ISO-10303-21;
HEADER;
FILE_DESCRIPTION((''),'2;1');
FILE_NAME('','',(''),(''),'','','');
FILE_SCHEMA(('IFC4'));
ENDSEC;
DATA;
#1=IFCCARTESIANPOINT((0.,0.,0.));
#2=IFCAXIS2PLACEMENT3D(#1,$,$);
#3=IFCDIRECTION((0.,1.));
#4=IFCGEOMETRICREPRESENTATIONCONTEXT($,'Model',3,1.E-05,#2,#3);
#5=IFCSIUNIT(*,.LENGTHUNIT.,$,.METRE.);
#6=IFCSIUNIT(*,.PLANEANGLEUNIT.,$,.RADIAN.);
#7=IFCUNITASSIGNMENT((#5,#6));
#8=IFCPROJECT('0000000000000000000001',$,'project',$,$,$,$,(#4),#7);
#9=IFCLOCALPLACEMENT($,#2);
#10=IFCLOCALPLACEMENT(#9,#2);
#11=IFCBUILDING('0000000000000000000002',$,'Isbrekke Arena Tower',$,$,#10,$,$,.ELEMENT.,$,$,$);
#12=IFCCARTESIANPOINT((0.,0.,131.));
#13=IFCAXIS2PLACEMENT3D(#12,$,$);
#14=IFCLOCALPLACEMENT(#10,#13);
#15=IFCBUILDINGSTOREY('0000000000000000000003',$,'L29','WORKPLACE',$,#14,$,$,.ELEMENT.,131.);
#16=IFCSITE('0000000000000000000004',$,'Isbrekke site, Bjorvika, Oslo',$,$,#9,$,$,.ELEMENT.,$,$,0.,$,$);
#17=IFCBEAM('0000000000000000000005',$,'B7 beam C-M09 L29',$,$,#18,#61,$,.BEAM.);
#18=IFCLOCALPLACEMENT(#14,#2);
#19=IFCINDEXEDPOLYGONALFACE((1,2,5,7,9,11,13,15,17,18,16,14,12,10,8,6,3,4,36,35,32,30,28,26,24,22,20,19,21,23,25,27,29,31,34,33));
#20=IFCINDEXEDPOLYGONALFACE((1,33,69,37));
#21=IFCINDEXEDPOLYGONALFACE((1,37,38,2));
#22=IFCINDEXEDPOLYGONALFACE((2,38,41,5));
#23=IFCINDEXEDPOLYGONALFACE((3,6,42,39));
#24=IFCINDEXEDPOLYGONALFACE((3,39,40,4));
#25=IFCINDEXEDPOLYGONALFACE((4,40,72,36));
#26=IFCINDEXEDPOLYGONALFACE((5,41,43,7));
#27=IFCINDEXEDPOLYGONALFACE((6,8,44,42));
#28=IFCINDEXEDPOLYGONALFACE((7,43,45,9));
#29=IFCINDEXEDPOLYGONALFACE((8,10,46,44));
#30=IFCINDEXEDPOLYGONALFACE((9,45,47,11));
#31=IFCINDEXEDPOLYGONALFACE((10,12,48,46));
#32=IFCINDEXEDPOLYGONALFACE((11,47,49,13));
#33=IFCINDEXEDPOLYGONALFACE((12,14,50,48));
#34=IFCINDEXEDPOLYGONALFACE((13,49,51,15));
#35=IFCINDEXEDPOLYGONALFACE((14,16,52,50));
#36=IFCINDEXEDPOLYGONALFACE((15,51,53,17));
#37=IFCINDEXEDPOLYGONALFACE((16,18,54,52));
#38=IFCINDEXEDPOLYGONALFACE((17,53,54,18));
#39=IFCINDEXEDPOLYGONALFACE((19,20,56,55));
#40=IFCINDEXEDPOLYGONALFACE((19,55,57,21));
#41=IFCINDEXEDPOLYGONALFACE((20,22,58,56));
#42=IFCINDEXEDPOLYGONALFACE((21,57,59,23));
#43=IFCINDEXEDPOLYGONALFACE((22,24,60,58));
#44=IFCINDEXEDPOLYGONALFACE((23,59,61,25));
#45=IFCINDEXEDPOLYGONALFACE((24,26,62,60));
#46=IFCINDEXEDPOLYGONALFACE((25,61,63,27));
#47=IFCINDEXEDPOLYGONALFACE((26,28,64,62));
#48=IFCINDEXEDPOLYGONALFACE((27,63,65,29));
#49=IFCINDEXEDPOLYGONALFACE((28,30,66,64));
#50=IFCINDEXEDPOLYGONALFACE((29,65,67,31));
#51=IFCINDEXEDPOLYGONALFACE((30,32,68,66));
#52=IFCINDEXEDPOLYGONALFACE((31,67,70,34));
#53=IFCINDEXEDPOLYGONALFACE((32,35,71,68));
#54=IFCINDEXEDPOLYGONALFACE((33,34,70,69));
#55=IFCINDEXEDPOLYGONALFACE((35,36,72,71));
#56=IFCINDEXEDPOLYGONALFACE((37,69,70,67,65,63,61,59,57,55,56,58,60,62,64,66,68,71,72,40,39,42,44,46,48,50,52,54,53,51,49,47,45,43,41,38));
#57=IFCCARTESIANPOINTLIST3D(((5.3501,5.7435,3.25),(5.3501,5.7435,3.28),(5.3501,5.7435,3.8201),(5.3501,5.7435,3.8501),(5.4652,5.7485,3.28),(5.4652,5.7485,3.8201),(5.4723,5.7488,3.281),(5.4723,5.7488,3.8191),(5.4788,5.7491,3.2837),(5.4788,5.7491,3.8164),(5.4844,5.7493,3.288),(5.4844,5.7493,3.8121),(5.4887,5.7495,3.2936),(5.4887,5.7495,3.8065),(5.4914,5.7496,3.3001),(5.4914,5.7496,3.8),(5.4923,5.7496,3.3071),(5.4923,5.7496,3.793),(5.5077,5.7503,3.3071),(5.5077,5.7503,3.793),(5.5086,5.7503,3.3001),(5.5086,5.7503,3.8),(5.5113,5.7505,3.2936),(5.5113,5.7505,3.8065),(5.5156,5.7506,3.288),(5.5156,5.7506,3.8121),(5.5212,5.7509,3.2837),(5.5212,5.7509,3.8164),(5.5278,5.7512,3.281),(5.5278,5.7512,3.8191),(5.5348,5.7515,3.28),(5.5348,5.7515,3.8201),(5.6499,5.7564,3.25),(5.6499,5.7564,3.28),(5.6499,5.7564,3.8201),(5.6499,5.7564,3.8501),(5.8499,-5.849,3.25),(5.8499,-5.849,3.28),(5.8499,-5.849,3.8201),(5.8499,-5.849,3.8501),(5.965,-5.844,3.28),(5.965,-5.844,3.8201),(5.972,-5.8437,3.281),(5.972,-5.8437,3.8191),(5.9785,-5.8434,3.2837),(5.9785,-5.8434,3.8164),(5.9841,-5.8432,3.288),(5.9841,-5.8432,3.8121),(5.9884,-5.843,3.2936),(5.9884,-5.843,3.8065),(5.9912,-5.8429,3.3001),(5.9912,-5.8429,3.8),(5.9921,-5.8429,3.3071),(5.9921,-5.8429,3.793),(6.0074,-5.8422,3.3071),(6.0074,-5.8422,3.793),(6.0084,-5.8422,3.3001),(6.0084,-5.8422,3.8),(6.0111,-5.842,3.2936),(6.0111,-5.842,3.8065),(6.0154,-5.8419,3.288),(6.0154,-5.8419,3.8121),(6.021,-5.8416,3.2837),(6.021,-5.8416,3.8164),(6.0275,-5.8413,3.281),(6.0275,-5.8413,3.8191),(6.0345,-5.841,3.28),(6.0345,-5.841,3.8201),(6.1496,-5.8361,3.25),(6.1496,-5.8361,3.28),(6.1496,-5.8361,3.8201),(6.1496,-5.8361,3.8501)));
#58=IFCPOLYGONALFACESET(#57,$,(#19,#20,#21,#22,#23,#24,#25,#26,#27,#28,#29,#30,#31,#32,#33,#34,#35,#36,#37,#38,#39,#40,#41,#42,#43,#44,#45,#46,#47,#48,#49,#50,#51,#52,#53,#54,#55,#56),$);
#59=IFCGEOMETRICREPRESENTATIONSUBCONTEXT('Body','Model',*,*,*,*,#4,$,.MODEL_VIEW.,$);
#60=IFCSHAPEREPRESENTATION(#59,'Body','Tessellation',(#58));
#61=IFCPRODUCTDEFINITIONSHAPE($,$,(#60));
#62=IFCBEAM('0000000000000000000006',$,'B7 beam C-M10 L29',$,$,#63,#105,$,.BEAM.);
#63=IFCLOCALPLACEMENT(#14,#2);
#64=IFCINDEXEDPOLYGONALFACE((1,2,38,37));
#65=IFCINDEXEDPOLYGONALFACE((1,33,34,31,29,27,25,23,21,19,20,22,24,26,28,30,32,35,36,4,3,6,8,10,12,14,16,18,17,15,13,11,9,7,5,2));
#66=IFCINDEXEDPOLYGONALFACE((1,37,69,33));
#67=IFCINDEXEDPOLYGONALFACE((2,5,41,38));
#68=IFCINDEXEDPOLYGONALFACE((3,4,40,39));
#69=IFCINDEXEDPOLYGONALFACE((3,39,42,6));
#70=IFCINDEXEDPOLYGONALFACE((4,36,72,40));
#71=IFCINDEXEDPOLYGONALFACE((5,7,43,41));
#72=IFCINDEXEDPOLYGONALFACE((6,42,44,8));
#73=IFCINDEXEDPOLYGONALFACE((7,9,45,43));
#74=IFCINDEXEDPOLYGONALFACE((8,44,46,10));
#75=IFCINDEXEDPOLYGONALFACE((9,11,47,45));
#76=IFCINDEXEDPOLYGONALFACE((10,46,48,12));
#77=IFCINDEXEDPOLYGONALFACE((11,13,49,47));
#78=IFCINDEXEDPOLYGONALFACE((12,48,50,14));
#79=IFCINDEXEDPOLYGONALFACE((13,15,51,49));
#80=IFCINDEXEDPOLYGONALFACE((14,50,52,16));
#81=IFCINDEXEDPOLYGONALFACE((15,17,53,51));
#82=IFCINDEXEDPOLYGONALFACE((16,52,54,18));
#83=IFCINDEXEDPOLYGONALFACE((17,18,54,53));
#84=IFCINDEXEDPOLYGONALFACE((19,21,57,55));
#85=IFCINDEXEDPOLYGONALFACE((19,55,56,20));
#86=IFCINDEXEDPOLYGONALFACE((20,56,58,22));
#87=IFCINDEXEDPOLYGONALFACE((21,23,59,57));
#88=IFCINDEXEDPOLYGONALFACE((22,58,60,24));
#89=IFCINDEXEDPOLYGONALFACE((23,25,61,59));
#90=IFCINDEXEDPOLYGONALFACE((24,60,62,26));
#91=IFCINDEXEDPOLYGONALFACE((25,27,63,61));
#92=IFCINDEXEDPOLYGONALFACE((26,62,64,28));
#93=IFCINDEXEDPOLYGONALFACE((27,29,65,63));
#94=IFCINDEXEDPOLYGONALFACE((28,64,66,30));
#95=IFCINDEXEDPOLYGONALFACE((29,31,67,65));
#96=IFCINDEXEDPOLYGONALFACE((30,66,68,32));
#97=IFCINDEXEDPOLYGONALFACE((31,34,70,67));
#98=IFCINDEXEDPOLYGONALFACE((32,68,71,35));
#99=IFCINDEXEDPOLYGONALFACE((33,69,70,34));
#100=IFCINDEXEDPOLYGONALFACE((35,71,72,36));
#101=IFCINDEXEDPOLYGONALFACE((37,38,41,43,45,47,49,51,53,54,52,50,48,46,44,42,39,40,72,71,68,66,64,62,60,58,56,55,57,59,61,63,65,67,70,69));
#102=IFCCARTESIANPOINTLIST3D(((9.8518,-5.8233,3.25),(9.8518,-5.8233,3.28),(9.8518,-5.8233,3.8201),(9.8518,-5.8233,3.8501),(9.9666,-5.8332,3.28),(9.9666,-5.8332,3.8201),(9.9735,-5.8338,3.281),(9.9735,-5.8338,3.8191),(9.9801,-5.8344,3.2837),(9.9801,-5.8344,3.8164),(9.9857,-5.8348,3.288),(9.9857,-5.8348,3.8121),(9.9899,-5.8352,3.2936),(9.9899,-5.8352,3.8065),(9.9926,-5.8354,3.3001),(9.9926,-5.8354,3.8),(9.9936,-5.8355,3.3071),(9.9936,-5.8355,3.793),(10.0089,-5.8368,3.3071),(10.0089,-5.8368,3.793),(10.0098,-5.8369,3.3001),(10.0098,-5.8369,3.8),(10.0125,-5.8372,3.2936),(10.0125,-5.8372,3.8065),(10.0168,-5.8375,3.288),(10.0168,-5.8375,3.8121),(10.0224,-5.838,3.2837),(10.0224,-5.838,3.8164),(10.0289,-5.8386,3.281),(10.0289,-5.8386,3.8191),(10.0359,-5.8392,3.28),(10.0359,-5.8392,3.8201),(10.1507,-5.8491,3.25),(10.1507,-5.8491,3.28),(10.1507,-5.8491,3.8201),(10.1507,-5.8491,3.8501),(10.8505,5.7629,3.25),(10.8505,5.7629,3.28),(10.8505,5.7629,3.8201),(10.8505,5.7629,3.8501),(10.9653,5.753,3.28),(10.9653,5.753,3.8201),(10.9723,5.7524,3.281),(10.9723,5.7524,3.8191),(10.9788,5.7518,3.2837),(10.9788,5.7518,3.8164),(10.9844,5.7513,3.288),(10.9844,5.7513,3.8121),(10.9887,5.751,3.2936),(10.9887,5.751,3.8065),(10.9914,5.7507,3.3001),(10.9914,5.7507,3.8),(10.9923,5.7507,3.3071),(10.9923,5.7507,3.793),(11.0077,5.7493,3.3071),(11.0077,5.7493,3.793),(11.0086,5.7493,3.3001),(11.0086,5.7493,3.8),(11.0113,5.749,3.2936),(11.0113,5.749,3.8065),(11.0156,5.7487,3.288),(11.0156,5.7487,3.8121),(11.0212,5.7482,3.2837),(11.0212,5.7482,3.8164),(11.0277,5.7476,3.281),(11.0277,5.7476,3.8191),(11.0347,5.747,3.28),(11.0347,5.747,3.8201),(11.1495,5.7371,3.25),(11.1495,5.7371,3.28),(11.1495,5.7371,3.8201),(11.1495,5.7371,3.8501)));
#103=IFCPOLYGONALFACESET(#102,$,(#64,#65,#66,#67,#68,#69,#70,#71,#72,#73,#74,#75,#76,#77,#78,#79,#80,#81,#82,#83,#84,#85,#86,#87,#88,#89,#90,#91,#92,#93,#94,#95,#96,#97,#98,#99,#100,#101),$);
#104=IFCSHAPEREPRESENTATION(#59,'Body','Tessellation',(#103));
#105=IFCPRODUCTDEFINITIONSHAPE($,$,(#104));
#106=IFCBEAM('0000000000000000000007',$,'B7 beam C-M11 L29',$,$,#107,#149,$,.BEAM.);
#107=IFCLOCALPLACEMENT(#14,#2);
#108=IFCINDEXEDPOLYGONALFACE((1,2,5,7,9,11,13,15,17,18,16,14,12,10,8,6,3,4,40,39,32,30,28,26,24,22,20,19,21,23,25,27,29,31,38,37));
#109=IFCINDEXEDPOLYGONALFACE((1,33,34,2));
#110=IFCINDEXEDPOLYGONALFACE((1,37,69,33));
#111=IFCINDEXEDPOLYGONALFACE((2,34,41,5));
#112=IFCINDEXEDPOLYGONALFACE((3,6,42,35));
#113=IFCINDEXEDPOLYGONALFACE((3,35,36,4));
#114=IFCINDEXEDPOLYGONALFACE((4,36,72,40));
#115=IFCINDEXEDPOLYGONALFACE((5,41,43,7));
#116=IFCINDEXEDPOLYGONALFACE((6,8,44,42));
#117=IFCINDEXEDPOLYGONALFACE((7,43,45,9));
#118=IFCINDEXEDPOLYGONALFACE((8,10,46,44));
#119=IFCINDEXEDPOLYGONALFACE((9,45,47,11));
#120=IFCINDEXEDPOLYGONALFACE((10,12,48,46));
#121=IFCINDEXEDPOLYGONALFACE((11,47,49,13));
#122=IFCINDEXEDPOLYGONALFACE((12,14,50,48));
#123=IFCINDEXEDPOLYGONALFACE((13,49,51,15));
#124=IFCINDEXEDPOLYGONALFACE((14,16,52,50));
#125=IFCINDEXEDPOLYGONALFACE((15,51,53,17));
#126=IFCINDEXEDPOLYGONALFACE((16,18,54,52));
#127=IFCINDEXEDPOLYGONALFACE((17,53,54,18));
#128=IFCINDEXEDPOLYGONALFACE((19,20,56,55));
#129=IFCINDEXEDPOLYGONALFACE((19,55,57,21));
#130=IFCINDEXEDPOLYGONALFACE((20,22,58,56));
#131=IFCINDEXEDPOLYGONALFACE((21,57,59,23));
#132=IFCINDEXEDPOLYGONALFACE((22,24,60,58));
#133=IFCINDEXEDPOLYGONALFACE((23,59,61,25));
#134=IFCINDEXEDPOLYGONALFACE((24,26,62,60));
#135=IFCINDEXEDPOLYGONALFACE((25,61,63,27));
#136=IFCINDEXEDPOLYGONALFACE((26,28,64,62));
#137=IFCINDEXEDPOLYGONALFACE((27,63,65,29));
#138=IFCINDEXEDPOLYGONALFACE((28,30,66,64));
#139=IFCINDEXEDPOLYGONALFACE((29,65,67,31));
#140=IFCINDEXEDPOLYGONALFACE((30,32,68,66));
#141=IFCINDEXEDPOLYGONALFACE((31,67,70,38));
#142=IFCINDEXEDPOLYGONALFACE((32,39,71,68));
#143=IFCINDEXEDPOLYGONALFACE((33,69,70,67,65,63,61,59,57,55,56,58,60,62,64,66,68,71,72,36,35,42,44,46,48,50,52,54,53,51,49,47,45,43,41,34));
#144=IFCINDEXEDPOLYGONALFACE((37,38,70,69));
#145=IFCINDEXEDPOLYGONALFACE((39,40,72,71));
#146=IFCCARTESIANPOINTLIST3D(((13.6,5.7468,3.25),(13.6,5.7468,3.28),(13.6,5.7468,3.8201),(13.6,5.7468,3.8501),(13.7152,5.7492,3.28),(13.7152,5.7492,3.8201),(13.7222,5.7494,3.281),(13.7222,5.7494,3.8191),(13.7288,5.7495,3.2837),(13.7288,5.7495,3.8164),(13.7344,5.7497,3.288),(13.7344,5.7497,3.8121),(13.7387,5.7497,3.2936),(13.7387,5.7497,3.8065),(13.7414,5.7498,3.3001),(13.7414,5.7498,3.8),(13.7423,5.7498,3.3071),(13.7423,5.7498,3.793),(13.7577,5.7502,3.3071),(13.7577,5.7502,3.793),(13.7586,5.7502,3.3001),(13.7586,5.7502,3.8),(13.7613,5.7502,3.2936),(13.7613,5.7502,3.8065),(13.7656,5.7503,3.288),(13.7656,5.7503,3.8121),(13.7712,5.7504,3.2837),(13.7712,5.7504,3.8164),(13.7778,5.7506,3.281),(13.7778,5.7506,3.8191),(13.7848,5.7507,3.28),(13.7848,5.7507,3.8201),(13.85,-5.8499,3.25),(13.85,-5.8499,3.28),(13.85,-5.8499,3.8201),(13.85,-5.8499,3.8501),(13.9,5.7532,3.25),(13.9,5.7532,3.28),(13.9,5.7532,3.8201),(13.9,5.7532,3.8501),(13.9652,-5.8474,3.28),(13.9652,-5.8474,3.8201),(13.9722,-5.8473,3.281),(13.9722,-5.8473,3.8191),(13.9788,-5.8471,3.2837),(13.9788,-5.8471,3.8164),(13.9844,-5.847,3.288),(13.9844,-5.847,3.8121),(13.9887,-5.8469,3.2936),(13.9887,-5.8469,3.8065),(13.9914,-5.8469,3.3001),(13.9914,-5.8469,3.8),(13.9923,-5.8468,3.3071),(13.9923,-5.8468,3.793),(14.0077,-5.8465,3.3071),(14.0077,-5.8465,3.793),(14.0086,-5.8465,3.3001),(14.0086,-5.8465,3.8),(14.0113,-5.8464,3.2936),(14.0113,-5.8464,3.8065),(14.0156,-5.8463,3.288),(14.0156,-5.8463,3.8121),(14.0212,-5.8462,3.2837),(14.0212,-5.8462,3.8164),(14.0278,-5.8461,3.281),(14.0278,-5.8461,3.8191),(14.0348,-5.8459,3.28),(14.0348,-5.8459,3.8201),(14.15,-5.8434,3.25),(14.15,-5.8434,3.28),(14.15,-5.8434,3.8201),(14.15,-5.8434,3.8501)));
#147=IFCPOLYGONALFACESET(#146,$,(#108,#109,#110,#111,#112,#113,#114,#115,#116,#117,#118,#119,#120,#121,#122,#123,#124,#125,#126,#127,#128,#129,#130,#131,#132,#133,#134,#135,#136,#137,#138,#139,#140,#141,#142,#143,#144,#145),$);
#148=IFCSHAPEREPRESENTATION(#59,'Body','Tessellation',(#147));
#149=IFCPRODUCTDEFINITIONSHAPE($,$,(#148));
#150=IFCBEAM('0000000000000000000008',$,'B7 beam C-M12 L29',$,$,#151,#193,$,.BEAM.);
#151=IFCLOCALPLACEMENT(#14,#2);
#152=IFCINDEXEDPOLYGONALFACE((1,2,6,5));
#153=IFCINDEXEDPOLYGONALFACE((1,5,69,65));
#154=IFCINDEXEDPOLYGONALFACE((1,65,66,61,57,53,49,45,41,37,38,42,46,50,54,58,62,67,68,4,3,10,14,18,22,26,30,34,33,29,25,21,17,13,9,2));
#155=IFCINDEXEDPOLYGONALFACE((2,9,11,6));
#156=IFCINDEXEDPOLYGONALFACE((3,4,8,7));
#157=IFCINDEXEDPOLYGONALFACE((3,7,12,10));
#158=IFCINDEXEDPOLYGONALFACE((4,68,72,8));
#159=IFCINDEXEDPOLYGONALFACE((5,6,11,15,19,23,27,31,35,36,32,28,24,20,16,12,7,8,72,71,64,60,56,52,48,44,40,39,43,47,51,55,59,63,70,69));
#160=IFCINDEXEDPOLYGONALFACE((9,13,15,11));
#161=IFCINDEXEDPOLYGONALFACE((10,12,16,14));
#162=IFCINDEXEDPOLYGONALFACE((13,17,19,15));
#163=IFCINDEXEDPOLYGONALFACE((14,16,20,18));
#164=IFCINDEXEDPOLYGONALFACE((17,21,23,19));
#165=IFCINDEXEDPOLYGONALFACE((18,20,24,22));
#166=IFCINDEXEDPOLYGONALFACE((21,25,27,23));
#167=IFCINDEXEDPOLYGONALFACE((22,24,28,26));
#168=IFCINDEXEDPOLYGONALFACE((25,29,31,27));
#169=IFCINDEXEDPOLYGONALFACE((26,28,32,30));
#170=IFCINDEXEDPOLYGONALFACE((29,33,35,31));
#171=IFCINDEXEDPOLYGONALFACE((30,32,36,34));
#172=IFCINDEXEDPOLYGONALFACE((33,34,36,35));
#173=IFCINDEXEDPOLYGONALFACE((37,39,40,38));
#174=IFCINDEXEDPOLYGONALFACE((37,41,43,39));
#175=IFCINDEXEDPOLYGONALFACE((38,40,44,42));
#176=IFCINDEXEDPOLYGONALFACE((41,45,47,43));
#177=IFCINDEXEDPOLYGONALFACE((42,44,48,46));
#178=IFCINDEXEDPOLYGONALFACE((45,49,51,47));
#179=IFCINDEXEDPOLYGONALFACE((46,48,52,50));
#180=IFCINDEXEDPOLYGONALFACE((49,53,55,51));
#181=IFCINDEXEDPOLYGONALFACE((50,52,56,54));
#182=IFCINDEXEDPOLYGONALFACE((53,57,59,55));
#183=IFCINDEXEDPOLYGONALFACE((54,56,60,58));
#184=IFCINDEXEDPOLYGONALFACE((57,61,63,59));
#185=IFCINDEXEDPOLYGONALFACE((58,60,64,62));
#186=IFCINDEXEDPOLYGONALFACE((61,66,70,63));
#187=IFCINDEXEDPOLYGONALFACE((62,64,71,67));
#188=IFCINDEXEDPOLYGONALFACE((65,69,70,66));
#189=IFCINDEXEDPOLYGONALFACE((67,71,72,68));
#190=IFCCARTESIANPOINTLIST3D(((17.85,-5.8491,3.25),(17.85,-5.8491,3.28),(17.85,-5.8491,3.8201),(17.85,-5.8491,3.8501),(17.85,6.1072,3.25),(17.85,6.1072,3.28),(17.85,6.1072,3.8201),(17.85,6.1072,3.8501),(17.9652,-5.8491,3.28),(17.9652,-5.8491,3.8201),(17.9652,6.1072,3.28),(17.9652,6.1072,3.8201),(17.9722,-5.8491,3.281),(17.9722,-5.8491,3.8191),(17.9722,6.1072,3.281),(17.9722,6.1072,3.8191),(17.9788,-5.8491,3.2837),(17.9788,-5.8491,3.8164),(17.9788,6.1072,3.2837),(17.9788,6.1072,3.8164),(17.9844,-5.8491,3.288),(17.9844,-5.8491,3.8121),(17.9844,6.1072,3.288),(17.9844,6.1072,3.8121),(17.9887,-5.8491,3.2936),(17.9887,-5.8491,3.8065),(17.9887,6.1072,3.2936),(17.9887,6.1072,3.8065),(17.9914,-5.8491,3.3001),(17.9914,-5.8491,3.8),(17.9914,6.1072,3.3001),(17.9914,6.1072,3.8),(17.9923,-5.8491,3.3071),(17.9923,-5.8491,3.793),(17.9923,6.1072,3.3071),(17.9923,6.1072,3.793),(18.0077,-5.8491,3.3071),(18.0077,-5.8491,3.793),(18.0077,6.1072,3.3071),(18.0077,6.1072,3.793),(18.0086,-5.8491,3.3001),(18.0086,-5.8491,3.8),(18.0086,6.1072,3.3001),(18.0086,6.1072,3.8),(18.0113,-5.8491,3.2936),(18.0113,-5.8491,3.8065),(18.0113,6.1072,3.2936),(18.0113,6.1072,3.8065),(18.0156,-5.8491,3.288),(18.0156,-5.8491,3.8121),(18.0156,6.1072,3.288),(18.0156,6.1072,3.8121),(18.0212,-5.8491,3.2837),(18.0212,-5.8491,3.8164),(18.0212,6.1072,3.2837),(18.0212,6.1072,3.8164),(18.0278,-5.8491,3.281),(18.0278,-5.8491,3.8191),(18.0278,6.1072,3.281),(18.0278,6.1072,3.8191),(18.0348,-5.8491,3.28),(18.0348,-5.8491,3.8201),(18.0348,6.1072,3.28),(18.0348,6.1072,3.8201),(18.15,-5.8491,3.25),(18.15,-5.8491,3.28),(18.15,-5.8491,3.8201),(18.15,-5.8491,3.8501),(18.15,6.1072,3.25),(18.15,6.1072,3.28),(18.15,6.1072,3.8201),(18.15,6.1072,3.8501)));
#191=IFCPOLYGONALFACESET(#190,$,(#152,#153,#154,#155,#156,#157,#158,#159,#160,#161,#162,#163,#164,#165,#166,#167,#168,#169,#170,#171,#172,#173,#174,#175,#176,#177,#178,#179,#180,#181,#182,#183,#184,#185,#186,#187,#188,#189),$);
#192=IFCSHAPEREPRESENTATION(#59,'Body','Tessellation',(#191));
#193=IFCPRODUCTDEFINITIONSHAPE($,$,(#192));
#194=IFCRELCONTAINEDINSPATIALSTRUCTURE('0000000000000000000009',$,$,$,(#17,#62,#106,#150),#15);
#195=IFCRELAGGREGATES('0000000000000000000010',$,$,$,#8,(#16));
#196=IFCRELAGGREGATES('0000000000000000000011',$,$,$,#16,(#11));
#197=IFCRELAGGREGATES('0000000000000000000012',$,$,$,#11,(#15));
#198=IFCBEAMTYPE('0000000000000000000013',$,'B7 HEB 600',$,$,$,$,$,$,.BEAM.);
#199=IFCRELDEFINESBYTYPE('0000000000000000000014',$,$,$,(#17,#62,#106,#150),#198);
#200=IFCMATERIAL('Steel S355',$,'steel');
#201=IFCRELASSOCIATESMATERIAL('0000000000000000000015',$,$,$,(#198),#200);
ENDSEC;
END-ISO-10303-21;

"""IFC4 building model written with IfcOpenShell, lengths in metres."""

from ifc_helpers import new_model, si_unit, direction, frame, origin, origin_2d, place, context, subcontext, project, spatial, i_section, extrude, material, material_profile, profile_set, type_object, element, save


model = new_model("IFC4")

# Units and contexts
model_context = context("Model", 3, precision=1e-05, world=origin(), true_north=direction((0.0, 1.0)))
body_context = subcontext(model_context, "Body", "Model", "MODEL_VIEW")
ifc_project = project(units=[si_unit("LENGTHUNIT", "METRE"), si_unit("PLANEANGLEUNIT", "RADIAN")], contexts=[model_context])

# Site, building, storey
site_placement = place(None, origin())
site = spatial("IfcSite", under=ifc_project, at=site_placement, Name="Isbrekke site, Bjorvika, Oslo", CompositionType="ELEMENT", RefElevation=0.0)
building_placement = place(site_placement, origin())
building = spatial("IfcBuilding", under=site, at=building_placement, Name="Isbrekke Arena Tower", CompositionType="ELEMENT")
storey_placement = place(building_placement, frame((0.0, 0.0, 131.0)))
storey = spatial("IfcBuildingStorey", under=building, at=storey_placement, Name="L29", Description="WORKPLACE", CompositionType="ELEMENT", Elevation=131.0)

# Beams
ifc_material_1 = material(Name="Steel S355", Category="steel")
ifc_material_profile_1 = material_profile(ifc_material_1, i_section(OverallWidth=0.3, OverallDepth=0.6001, WebThickness=0.0154, FlangeThickness=0.03, FilletRadius=0.0271, at=origin_2d()), Name="HEB 600")
ifc_profile_set_1 = profile_set([ifc_material_profile_1], Name="Steel S355")
beam_type_1 = type_object("IfcBeamType", Name="B7 HEB 600", PredefinedType="BEAM", material=ifc_profile_set_1)
beam_1_placement = place(storey_placement, frame((5.9998, -5.8425, 3.55), z_axis=(-0.04307, 0.999072, 0.0), x_axis=(-0.999072, -0.04307, 0.0)))
element("IfcBeam", 1, at=beam_1_placement, inside=storey, type_object=beam_type_1, Name="B7 beam C-M09 L29", PredefinedType="BEAM", context=body_context, shape_type="SweptSolid", body=[
    extrude(i_section(OverallWidth=0.3, OverallDepth=0.6001, WebThickness=0.0154, FlangeThickness=0.03, FilletRadius=0.0271, at=origin_2d()), origin(), (0.0, 0.0, 1.0), 11.6033),
])
beam_2_placement = place(storey_placement, frame((10.0012, -5.8362, 3.55), z_axis=(0.085886, 0.996305, 0.0), x_axis=(-0.996305, 0.085886, 0.0)))
element("IfcBeam", 2, at=beam_2_placement, inside=storey, type_object=beam_type_1, Name="B7 beam C-M10 L29", PredefinedType="BEAM", context=body_context, shape_type="SweptSolid", body=[
    extrude(i_section(OverallWidth=0.3, OverallDepth=0.6001, WebThickness=0.0154, FlangeThickness=0.03, FilletRadius=0.0271, at=origin_2d()), origin(), (0.0, 0.0, 1.0), 11.6292),
])
beam_3_placement = place(storey_placement, frame((14.0, -5.8467, 3.55), z_axis=(-0.021553, 0.999768, 0.0), x_axis=(-0.999768, -0.021553, 0.0)))
element("IfcBeam", 3, at=beam_3_placement, inside=storey, type_object=beam_type_1, Name="B7 beam C-M11 L29", PredefinedType="BEAM", context=body_context, shape_type="SweptSolid", body=[
    extrude(i_section(OverallWidth=0.3, OverallDepth=0.6001, WebThickness=0.0154, FlangeThickness=0.03, FilletRadius=0.0271, at=origin_2d()), origin(), (0.0, 0.0, 1.0), 11.5994),
])
beam_4_placement = place(storey_placement, frame((18.0, -5.8491, 3.55), z_axis=(0.0, 1.0, 0.0), x_axis=(-1.0, 0.0, 0.0)))
element("IfcBeam", 4, at=beam_4_placement, inside=storey, type_object=beam_type_1, Name="B7 beam C-M12 L29", PredefinedType="BEAM", context=body_context, shape_type="SweptSolid", body=[
    extrude(i_section(OverallWidth=0.3, OverallDepth=0.6001, WebThickness=0.0154, FlangeThickness=0.03, FilletRadius=0.0271, at=origin_2d()), origin(), (0.0, 0.0, 1.0), 11.9563),
])

save(model, "model.ifc")
